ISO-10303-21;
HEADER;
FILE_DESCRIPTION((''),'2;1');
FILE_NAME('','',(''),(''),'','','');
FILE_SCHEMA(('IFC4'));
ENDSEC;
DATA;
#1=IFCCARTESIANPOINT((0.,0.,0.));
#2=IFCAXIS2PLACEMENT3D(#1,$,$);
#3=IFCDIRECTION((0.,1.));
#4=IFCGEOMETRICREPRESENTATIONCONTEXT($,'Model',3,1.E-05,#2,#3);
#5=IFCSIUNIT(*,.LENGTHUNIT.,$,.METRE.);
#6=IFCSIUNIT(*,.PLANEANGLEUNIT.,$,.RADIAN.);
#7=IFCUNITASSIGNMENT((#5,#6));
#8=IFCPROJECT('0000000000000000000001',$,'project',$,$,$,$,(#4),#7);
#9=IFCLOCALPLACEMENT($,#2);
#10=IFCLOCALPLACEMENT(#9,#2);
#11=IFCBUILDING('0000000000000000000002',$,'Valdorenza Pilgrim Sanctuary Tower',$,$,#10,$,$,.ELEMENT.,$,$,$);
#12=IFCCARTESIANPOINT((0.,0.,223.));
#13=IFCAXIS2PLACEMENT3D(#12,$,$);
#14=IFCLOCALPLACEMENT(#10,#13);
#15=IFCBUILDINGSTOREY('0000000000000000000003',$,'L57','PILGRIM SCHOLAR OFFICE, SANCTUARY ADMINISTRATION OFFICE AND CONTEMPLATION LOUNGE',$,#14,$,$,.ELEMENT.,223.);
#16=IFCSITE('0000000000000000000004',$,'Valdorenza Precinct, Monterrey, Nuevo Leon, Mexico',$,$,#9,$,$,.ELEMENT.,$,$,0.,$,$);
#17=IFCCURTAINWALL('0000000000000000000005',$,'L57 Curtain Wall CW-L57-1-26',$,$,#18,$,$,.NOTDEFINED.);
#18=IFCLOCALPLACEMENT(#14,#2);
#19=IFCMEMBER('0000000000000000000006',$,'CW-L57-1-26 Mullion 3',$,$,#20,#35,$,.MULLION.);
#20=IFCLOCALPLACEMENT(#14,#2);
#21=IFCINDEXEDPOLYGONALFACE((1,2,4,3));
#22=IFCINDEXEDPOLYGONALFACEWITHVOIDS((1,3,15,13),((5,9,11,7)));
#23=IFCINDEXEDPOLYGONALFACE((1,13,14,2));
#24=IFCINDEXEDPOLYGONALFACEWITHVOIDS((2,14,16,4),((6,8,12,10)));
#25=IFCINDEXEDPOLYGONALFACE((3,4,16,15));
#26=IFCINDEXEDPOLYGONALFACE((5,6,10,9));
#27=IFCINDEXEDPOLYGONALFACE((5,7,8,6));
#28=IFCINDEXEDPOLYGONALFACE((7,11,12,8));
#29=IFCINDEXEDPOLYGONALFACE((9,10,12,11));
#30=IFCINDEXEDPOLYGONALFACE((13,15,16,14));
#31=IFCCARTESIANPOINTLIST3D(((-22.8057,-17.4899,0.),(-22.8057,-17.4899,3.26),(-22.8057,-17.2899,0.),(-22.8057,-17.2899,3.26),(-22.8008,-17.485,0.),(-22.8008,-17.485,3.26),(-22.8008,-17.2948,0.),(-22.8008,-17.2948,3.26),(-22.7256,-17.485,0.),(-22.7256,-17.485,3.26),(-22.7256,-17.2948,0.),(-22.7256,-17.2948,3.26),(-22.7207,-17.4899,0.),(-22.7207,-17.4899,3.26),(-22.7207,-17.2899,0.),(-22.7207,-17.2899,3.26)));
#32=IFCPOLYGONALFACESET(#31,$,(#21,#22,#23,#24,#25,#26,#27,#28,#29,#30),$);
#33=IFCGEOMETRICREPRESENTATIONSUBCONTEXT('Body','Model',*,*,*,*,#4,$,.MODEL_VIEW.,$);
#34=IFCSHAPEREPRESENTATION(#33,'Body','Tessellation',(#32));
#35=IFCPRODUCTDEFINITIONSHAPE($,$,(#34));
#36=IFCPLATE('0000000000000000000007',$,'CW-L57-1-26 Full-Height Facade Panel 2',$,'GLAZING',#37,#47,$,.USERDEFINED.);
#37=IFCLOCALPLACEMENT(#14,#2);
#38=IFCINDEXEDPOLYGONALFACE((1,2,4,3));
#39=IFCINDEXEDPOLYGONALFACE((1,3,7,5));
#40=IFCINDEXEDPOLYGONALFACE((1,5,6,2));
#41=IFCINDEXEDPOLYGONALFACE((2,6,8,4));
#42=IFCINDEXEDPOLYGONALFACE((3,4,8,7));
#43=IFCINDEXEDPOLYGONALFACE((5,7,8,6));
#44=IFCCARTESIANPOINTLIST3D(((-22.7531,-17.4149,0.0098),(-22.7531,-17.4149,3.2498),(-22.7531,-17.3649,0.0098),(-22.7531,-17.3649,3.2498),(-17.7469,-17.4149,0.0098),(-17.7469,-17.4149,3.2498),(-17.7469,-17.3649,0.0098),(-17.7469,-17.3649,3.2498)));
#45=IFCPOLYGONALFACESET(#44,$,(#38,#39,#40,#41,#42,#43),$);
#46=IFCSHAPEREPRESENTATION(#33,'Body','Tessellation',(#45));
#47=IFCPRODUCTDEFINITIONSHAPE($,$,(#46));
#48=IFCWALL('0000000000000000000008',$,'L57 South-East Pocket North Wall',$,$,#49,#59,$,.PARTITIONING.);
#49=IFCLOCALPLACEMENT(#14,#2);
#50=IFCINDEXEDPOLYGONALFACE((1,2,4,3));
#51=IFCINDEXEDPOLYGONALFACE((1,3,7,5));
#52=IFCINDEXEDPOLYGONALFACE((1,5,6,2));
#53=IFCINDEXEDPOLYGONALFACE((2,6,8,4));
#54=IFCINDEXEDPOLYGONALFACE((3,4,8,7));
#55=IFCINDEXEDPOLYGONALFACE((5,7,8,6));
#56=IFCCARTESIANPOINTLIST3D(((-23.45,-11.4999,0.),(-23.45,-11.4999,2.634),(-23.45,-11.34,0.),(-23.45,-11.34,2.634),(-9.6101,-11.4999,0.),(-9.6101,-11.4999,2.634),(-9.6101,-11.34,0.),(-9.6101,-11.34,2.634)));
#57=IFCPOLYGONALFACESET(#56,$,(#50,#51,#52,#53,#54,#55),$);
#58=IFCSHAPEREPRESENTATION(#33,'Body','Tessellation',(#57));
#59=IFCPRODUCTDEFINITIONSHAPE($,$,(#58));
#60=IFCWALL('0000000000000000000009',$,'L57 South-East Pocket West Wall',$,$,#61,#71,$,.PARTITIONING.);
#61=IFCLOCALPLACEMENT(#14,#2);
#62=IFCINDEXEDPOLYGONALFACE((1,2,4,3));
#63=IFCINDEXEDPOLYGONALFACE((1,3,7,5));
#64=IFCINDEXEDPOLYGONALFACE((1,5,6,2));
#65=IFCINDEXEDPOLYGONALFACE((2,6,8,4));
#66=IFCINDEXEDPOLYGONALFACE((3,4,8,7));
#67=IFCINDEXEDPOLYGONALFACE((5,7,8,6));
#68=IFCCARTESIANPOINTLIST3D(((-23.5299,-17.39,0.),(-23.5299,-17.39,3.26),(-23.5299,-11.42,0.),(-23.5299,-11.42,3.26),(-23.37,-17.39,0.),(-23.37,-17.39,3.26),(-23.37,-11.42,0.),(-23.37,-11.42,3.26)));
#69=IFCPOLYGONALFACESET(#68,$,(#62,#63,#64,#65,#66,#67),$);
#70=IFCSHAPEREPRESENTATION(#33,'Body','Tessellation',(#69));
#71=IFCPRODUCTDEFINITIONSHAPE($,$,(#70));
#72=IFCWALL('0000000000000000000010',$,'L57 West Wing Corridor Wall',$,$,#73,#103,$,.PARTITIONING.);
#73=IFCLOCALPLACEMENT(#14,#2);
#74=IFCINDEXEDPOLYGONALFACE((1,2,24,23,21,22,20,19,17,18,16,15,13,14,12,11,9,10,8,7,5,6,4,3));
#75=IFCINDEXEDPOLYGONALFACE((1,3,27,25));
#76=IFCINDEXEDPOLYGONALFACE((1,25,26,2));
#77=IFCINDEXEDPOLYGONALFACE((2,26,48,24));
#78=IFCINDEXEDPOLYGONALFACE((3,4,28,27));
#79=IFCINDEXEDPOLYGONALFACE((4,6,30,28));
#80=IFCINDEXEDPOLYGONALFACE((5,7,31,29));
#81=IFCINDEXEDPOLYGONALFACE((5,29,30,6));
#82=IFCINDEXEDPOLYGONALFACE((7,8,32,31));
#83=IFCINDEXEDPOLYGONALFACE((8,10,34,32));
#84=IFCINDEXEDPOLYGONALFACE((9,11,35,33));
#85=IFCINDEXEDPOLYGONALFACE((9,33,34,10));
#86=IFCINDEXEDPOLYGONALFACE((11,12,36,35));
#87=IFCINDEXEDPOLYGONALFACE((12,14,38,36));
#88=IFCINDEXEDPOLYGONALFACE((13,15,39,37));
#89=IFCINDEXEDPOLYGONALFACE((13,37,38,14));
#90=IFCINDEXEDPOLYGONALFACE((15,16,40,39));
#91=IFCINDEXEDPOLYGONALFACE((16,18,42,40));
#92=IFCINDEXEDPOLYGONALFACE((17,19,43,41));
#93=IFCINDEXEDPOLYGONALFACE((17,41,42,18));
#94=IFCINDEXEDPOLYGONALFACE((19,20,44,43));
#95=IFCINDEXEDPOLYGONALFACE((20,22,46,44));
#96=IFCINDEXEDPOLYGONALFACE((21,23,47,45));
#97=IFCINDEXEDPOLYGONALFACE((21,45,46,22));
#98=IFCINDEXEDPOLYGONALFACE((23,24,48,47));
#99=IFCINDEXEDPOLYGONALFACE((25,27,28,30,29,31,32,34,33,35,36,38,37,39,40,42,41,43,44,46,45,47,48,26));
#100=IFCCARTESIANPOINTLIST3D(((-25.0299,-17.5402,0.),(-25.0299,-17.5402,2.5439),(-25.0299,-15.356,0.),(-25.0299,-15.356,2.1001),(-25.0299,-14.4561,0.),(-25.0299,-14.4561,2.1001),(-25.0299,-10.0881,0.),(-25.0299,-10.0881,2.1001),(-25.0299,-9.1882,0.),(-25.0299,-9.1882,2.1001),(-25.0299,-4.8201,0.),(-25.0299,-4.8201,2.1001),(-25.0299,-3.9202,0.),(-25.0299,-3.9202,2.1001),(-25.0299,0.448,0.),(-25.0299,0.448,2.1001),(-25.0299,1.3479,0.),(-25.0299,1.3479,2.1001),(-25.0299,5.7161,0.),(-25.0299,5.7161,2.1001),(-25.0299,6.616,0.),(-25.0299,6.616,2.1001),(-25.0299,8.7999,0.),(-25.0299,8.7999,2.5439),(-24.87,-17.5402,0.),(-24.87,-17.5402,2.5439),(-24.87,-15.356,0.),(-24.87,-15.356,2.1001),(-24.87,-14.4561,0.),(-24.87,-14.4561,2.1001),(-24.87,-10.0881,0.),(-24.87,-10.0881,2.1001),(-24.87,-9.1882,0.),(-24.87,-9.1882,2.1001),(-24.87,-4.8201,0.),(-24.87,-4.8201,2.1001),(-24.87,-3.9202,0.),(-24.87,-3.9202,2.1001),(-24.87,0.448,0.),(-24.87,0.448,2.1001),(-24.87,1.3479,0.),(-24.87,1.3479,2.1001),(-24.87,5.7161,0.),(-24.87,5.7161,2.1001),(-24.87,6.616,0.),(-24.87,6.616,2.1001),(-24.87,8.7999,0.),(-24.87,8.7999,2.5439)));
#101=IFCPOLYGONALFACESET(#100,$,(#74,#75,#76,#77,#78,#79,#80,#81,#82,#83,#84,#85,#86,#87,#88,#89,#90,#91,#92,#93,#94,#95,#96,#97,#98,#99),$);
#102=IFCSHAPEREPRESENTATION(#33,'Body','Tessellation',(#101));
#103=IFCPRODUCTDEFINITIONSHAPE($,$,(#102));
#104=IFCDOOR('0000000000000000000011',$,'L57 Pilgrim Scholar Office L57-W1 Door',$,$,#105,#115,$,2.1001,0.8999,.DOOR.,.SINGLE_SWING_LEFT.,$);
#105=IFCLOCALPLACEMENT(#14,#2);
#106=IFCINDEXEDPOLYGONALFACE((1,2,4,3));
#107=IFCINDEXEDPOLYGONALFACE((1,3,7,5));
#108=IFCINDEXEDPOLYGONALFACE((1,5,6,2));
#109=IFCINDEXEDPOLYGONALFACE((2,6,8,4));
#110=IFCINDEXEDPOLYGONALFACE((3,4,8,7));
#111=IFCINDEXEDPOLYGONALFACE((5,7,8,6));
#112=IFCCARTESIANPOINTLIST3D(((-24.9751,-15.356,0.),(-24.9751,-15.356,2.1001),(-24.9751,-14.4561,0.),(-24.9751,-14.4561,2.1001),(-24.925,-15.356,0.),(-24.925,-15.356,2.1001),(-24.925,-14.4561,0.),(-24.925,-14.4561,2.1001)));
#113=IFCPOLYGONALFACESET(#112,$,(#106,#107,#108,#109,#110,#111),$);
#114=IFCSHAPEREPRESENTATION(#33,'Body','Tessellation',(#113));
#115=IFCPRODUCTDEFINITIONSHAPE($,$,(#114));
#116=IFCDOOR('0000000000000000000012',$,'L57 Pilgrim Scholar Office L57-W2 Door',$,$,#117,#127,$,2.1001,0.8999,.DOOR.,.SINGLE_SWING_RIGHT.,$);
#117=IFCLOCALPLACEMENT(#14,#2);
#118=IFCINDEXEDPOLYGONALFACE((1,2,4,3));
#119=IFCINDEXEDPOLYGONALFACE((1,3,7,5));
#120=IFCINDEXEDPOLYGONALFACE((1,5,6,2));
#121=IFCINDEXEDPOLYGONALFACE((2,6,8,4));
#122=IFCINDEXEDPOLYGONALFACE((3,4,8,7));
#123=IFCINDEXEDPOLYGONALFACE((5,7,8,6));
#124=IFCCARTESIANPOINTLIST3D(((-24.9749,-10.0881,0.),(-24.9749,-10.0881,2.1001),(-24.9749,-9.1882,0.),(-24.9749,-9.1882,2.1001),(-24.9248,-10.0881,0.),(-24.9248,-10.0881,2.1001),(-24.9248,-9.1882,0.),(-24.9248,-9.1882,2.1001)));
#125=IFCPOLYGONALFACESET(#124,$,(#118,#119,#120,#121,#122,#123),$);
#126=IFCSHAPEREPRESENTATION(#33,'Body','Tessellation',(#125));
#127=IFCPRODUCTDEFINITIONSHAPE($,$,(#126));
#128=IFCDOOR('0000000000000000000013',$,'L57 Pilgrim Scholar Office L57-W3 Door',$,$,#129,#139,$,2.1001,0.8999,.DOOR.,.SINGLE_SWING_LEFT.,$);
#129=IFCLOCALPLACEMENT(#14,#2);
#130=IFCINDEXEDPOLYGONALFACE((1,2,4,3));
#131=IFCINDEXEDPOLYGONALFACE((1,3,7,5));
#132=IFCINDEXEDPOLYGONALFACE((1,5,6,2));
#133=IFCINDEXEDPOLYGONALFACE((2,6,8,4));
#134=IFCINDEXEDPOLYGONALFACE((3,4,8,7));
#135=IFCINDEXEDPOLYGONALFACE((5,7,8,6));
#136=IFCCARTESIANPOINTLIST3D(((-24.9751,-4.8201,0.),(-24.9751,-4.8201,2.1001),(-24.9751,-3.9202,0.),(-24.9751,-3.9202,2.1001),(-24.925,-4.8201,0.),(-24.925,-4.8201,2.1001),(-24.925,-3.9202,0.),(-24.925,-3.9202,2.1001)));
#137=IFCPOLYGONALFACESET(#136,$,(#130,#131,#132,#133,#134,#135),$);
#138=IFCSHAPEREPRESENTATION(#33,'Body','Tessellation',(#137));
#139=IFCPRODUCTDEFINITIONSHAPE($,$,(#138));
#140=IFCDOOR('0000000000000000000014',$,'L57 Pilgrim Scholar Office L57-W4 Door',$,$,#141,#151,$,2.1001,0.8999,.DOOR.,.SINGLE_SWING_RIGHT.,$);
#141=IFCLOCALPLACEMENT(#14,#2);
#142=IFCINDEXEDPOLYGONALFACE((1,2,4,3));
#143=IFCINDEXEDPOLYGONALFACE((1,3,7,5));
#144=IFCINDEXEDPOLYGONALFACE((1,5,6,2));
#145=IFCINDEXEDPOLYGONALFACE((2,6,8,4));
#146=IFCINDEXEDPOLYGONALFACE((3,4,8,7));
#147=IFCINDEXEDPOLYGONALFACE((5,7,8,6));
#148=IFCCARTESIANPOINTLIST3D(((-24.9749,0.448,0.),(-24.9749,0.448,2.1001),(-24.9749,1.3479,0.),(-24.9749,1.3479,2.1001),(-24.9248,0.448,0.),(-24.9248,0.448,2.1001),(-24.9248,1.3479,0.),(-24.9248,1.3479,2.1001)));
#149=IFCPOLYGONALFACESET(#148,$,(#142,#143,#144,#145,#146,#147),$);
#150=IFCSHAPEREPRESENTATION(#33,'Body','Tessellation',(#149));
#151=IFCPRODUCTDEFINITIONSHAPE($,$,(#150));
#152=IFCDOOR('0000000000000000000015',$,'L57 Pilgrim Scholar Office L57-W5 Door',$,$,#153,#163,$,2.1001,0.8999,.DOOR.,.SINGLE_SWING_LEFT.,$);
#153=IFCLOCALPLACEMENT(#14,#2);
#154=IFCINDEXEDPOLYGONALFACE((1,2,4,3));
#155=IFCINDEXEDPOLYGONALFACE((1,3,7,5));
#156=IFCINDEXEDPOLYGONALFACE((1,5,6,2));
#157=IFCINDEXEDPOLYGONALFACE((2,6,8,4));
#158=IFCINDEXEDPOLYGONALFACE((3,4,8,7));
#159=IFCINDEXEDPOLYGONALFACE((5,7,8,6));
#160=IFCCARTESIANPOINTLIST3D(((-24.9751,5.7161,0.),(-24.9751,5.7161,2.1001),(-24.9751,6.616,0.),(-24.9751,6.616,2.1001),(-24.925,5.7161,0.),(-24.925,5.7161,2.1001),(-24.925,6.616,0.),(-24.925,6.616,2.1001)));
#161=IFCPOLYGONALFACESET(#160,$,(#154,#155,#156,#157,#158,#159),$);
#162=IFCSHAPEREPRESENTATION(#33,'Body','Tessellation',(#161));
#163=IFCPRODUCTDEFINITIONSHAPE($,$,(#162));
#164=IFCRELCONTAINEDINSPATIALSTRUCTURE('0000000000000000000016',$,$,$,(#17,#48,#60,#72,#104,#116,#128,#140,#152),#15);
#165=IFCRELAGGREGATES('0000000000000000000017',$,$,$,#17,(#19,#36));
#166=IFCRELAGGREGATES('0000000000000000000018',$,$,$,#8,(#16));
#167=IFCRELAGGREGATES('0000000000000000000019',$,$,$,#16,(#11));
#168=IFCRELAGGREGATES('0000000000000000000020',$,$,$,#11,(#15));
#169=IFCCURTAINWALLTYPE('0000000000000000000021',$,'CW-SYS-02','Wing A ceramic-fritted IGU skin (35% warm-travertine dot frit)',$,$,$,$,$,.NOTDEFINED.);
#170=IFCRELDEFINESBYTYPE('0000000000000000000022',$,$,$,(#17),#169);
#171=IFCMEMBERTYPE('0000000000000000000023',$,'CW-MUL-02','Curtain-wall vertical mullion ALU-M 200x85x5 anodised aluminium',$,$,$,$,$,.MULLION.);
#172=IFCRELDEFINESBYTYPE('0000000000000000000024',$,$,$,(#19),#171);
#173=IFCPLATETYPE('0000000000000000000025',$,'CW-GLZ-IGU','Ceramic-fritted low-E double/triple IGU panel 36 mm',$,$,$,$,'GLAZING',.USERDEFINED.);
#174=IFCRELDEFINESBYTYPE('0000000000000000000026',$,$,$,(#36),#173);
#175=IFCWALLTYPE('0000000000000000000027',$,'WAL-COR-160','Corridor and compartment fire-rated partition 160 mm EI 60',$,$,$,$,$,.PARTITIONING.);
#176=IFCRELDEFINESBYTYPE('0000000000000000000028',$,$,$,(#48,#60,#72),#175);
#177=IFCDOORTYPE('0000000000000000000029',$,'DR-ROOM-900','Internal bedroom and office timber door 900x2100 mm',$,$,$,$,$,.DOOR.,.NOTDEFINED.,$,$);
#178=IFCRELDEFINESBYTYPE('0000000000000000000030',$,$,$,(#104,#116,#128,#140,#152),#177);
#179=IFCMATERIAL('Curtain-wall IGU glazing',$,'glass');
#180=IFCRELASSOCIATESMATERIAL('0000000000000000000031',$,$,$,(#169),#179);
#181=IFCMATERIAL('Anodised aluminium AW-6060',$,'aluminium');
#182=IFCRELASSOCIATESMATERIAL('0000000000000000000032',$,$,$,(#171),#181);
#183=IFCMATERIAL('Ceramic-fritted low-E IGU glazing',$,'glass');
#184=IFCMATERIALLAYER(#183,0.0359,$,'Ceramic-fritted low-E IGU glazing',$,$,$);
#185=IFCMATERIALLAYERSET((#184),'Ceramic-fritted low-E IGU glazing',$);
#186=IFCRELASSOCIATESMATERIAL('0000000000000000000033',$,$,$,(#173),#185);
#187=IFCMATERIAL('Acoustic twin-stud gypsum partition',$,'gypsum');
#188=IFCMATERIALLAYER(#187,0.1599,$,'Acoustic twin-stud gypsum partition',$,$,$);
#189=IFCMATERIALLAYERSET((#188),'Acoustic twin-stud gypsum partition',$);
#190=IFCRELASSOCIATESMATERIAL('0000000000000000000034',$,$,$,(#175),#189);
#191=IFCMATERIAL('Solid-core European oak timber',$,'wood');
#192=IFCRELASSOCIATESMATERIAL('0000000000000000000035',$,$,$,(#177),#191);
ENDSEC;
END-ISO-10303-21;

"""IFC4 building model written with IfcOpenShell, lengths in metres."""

from ifc_helpers import new_model, si_unit, direction, frame, frame_2d, origin, origin_2d, place, context, subcontext, project, spatial, rectangle, hollow_rectangle, extrude, source, transform, mapped, material, layer, layer_set, material_profile, profile_set, type_object, element, fill, aggregate, save


model = new_model("IFC4")

# Units and contexts
model_context = context("Model", 3, precision=1e-05, world=origin(), true_north=direction((0.0, 1.0)))
body_context = subcontext(model_context, "Body", "Model", "MODEL_VIEW")
ifc_project = project(units=[si_unit("LENGTHUNIT", "METRE"), si_unit("PLANEANGLEUNIT", "RADIAN")], contexts=[model_context])

# Site, building, storey
site_placement = place(None, origin())
site = spatial("IfcSite", under=ifc_project, at=site_placement, Name="Valdorenza Precinct, Monterrey, Nuevo Leon, Mexico", CompositionType="ELEMENT", RefElevation=0.0)
building_placement = place(site_placement, origin())
building = spatial("IfcBuilding", under=site, at=building_placement, Name="Valdorenza Pilgrim Sanctuary Tower", CompositionType="ELEMENT")
storey_placement = place(building_placement, frame((0.0, 0.0, 223.0)))
storey = spatial("IfcBuildingStorey", under=building, at=storey_placement, Name="L57", Description="PILGRIM SCHOLAR OFFICE, SANCTUARY ADMINISTRATION OFFICE AND CONTEMPLATION LOUNGE", CompositionType="ELEMENT", Elevation=223.0)

# Curtain wall, member, plate
ifc_material_1 = material(Name="Curtain-wall IGU glazing", Category="glass")
curtain_wall_type = type_object("IfcCurtainWallType", Name="CW-SYS-02", Description="Wing A ceramic-fritted IGU skin (35% warm-travertine dot frit)", PredefinedType="NOTDEFINED", material=ifc_material_1)
curtain_wall_placement = place(storey_placement, origin())
curtain_wall = element("IfcCurtainWall", 1, at=curtain_wall_placement, inside=storey, type_object=curtain_wall_type, Name="L57 Curtain Wall CW-L57-1-26", PredefinedType="NOTDEFINED")
ifc_material_2 = material(Name="Anodised aluminium AW-6060", Category="aluminium")
ifc_material_profile_1 = material_profile(ifc_material_2, hollow_rectangle(XDim=0.085, YDim=0.2, WallThickness=0.0049, at=origin_2d()), Name="ALU-M 200x85x5")
ifc_profile_set_1 = profile_set([ifc_material_profile_1], Name="Anodised aluminium AW-6060")
member_type = type_object("IfcMemberType", Name="CW-MUL-02", Description="Curtain-wall vertical mullion ALU-M 200x85x5 anodised aluminium", PredefinedType="MULLION", material=ifc_profile_set_1)
shared_shape_1 = source(origin(), body_context, "Body", "SweptSolid", [
    extrude(hollow_rectangle(XDim=0.085, YDim=0.2, WallThickness=0.0049, at=origin_2d()), origin(), (0.0, 0.0, 1.0), 3.26),
])
member_placement = place(storey_placement, frame((-22.7632, -17.3899, 0.0), z_axis=(0.0, 0.0, 1.0), x_axis=(-1.0, 0.0, 0.0)))
member = element("IfcMember", 2, at=member_placement, type_object=member_type, Name="CW-L57-1-26 Mullion 3", PredefinedType="MULLION", context=body_context, shape_type="MappedRepresentation", body=[
    mapped(shared_shape_1, transform((0.0, 0.0, 0.0), x_axis=(1.0, 0.0, 0.0), y_axis=(0.0, 1.0, 0.0), z_axis=(0.0, 0.0, 1.0), scale=1.0)),
])
ifc_material_3 = material(Name="Ceramic-fritted low-E IGU glazing", Category="glass")
ifc_layer_1 = layer(ifc_material_3, 0.0359, Name="Ceramic-fritted low-E IGU glazing")
ifc_layer_set_1 = layer_set([ifc_layer_1], Name="Ceramic-fritted low-E IGU glazing")
plate_type = type_object("IfcPlateType", Name="CW-GLZ-IGU", Description="Ceramic-fritted low-E double/triple IGU panel 36 mm", ElementType="GLAZING", PredefinedType="USERDEFINED", material=ifc_layer_set_1)
shared_shape_2 = source(origin(), body_context, "Body", "SweptSolid", [
    extrude(rectangle(XDim=5.0061, YDim=0.05, at=origin_2d()), origin(), (0.0, 0.0, 1.0), 3.24),
])
plate_placement = place(storey_placement, frame((-20.25, -17.3899, 0.0098), z_axis=(0.0, 0.0, 1.0), x_axis=(-1.0, 0.0, 0.0)))
plate = element("IfcPlate", 3, at=plate_placement, type_object=plate_type, Name="CW-L57-1-26 Full-Height Facade Panel 2", ObjectType="GLAZING", PredefinedType="USERDEFINED", context=body_context, shape_type="MappedRepresentation", body=[
    mapped(shared_shape_2, transform((0.0, 0.0, 0.0), x_axis=(1.0, 0.0, 0.0), y_axis=(0.0, 1.0, 0.0), z_axis=(0.0, 0.0, 1.0), scale=1.0)),
])
aggregate(curtain_wall, [member, plate])

# Walls
ifc_material_4 = material(Name="Acoustic twin-stud gypsum partition", Category="gypsum")
ifc_layer_2 = layer(ifc_material_4, 0.1599, Name="Acoustic twin-stud gypsum partition")
ifc_layer_set_2 = layer_set([ifc_layer_2], Name="Acoustic twin-stud gypsum partition")
wall_type_1 = type_object("IfcWallType", Name="WAL-COR-160", Description="Corridor and compartment fire-rated partition 160 mm EI 60", PredefinedType="PARTITIONING", material=ifc_layer_set_2)
wall_1_placement = place(storey_placement, frame((-23.45, -11.4199, 0.0), z_axis=(0.0, 0.0, 1.0), x_axis=(1.0, 0.0, 0.0)))
element("IfcWall", 4, at=wall_1_placement, inside=storey, type_object=wall_type_1, Name="L57 South-East Pocket North Wall", PredefinedType="PARTITIONING", context=body_context, shape_type="SweptSolid", body=[
    extrude(rectangle(XDim=13.8398, YDim=0.1599, at=frame_2d((6.9199, 0.0))), origin(), (0.0, 0.0, 1.0), 2.634),
])
wall_2_placement = place(storey_placement, frame((-23.45, -17.3899, 0.0), z_axis=(0.0, 0.0, 1.0), x_axis=(0.0, 1.0, 0.0)))
element("IfcWall", 5, at=wall_2_placement, inside=storey, type_object=wall_type_1, Name="L57 South-East Pocket West Wall", PredefinedType="PARTITIONING", context=body_context, shape_type="SweptSolid", body=[
    extrude(rectangle(XDim=5.97, YDim=0.1599, at=frame_2d((2.9849, 0.0))), origin(), (0.0, 0.0, 1.0), 3.26),
])

# Wall, openings, doors
wall_3_placement = place(storey_placement, frame((-24.95, -17.54, 0.0), z_axis=(0.0, 0.0, 1.0), x_axis=(0.0, 1.0, 0.0)))
wall_3 = element("IfcWall", 6, at=wall_3_placement, inside=storey, type_object=wall_type_1, Name="L57 West Wing Corridor Wall", PredefinedType="PARTITIONING", context=body_context, shape_type="SweptSolid", body=[
    extrude(rectangle(XDim=26.3401, YDim=0.1599, at=frame_2d((13.1699, 0.0))), origin(), (0.0, 0.0, 1.0), 2.5439),
])
opening_1_placement = place(wall_3_placement, frame((2.1841, 0.0, 0.0)))
opening_1 = element("IfcOpeningElement", 7, at=opening_1_placement, cuts=wall_3, PredefinedType="OPENING", context=body_context, shape_type="SweptSolid", body=[
    extrude(rectangle(XDim=0.8999, YDim=2.1001, at=frame_2d((0.45, 1.05))), frame((0.0, 0.0947, 0.0), z_axis=(0.0, -1.0, 0.0), x_axis=(1.0, 0.0, 0.0)), (0.0, 0.0, 1.0), 0.1897),
])
opening_2_placement = place(wall_3_placement, frame((7.4519, 0.0, 0.0)))
opening_2 = element("IfcOpeningElement", 8, at=opening_2_placement, cuts=wall_3, PredefinedType="OPENING", context=body_context, shape_type="SweptSolid", body=[
    extrude(rectangle(XDim=0.8999, YDim=2.1001, at=frame_2d((0.45, 1.05))), frame((0.0, 0.0947, 0.0), z_axis=(0.0, -1.0, 0.0), x_axis=(1.0, 0.0, 0.0)), (0.0, 0.0, 1.0), 0.1897),
])
opening_3_placement = place(wall_3_placement, frame((12.72, 0.0, 0.0)))
opening_3 = element("IfcOpeningElement", 9, at=opening_3_placement, cuts=wall_3, PredefinedType="OPENING", context=body_context, shape_type="SweptSolid", body=[
    extrude(rectangle(XDim=0.8999, YDim=2.1001, at=frame_2d((0.45, 1.05))), frame((0.0, 0.0947, 0.0), z_axis=(0.0, -1.0, 0.0), x_axis=(1.0, 0.0, 0.0)), (0.0, 0.0, 1.0), 0.1897),
])
opening_4_placement = place(wall_3_placement, frame((17.988, 0.0, 0.0)))
opening_4 = element("IfcOpeningElement", 10, at=opening_4_placement, cuts=wall_3, PredefinedType="OPENING", context=body_context, shape_type="SweptSolid", body=[
    extrude(rectangle(XDim=0.8999, YDim=2.1001, at=frame_2d((0.45, 1.05))), frame((0.0, 0.0947, 0.0), z_axis=(0.0, -1.0, 0.0), x_axis=(1.0, 0.0, 0.0)), (0.0, 0.0, 1.0), 0.1897),
])
opening_5_placement = place(wall_3_placement, frame((23.2561, 0.0, 0.0)))
opening_5 = element("IfcOpeningElement", 11, at=opening_5_placement, cuts=wall_3, PredefinedType="OPENING", context=body_context, shape_type="SweptSolid", body=[
    extrude(rectangle(XDim=0.8999, YDim=2.1001, at=frame_2d((0.45, 1.05))), frame((0.0, 0.0947, 0.0), z_axis=(0.0, -1.0, 0.0), x_axis=(1.0, 0.0, 0.0)), (0.0, 0.0, 1.0), 0.1897),
])
ifc_material_5 = material(Name="Solid-core European oak timber", Category="wood")
door_type = type_object("IfcDoorType", Name="DR-ROOM-900", Description="Internal bedroom and office timber door 900x2100 mm", OperationType="NOTDEFINED", PredefinedType="DOOR", material=ifc_material_5)
door_1_placement = place(opening_1_placement, frame((0.8999, 0.0, 0.0), z_axis=(0.0, 0.0, 1.0), x_axis=(-1.0, 0.0, 0.0)))
door_1 = element("IfcDoor", 12, at=door_1_placement, inside=storey, type_object=door_type, Name="L57 Pilgrim Scholar Office L57-W1 Door", OperationType="SINGLE_SWING_LEFT", OverallHeight=2.1001, OverallWidth=0.8999, PredefinedType="DOOR", context=body_context, shape_type="SweptSolid", body=[
    extrude(rectangle(XDim=0.8999, YDim=2.1001, at=frame_2d((0.45, 1.05))), frame((0.0, 0.0249, 0.0), z_axis=(0.0, -1.0, 0.0), x_axis=(1.0, 0.0, 0.0)), (0.0, 0.0, 1.0), 0.05),
])
fill(opening_1, door_1)
door_2_placement = place(opening_2_placement, origin())
door_2 = element("IfcDoor", 13, at=door_2_placement, inside=storey, type_object=door_type, Name="L57 Pilgrim Scholar Office L57-W2 Door", OperationType="SINGLE_SWING_RIGHT", OverallHeight=2.1001, OverallWidth=0.8999, PredefinedType="DOOR", context=body_context, shape_type="SweptSolid", body=[
    extrude(rectangle(XDim=0.8999, YDim=2.1001, at=frame_2d((0.45, 1.05))), frame((0.0, 0.0249, 0.0), z_axis=(0.0, -1.0, 0.0), x_axis=(1.0, 0.0, 0.0)), (0.0, 0.0, 1.0), 0.05),
])
fill(opening_2, door_2)
door_3_placement = place(opening_3_placement, frame((0.8999, 0.0, 0.0), z_axis=(0.0, 0.0, 1.0), x_axis=(-1.0, 0.0, 0.0)))
door_3 = element("IfcDoor", 14, at=door_3_placement, inside=storey, type_object=door_type, Name="L57 Pilgrim Scholar Office L57-W3 Door", OperationType="SINGLE_SWING_LEFT", OverallHeight=2.1001, OverallWidth=0.8999, PredefinedType="DOOR", context=body_context, shape_type="SweptSolid", body=[
    extrude(rectangle(XDim=0.8999, YDim=2.1001, at=frame_2d((0.45, 1.05))), frame((0.0, 0.0249, 0.0), z_axis=(0.0, -1.0, 0.0), x_axis=(1.0, 0.0, 0.0)), (0.0, 0.0, 1.0), 0.05),
])
fill(opening_3, door_3)
door_4_placement = place(opening_4_placement, origin())
door_4 = element("IfcDoor", 15, at=door_4_placement, inside=storey, type_object=door_type, Name="L57 Pilgrim Scholar Office L57-W4 Door", OperationType="SINGLE_SWING_RIGHT", OverallHeight=2.1001, OverallWidth=0.8999, PredefinedType="DOOR", context=body_context, shape_type="SweptSolid", body=[
    extrude(rectangle(XDim=0.8999, YDim=2.1001, at=frame_2d((0.45, 1.05))), frame((0.0, 0.0249, 0.0), z_axis=(0.0, -1.0, 0.0), x_axis=(1.0, 0.0, 0.0)), (0.0, 0.0, 1.0), 0.05),
])
fill(opening_4, door_4)
door_5_placement = place(opening_5_placement, frame((0.8999, 0.0, 0.0), z_axis=(0.0, 0.0, 1.0), x_axis=(-1.0, 0.0, 0.0)))
door_5 = element("IfcDoor", 16, at=door_5_placement, inside=storey, type_object=door_type, Name="L57 Pilgrim Scholar Office L57-W5 Door", OperationType="SINGLE_SWING_LEFT", OverallHeight=2.1001, OverallWidth=0.8999, PredefinedType="DOOR", context=body_context, shape_type="SweptSolid", body=[
    extrude(rectangle(XDim=0.8999, YDim=2.1001, at=frame_2d((0.45, 1.05))), frame((0.0, 0.0249, 0.0), z_axis=(0.0, -1.0, 0.0), x_axis=(1.0, 0.0, 0.0)), (0.0, 0.0, 1.0), 0.05),
])
fill(opening_5, door_5)

save(model, "model.ifc")
